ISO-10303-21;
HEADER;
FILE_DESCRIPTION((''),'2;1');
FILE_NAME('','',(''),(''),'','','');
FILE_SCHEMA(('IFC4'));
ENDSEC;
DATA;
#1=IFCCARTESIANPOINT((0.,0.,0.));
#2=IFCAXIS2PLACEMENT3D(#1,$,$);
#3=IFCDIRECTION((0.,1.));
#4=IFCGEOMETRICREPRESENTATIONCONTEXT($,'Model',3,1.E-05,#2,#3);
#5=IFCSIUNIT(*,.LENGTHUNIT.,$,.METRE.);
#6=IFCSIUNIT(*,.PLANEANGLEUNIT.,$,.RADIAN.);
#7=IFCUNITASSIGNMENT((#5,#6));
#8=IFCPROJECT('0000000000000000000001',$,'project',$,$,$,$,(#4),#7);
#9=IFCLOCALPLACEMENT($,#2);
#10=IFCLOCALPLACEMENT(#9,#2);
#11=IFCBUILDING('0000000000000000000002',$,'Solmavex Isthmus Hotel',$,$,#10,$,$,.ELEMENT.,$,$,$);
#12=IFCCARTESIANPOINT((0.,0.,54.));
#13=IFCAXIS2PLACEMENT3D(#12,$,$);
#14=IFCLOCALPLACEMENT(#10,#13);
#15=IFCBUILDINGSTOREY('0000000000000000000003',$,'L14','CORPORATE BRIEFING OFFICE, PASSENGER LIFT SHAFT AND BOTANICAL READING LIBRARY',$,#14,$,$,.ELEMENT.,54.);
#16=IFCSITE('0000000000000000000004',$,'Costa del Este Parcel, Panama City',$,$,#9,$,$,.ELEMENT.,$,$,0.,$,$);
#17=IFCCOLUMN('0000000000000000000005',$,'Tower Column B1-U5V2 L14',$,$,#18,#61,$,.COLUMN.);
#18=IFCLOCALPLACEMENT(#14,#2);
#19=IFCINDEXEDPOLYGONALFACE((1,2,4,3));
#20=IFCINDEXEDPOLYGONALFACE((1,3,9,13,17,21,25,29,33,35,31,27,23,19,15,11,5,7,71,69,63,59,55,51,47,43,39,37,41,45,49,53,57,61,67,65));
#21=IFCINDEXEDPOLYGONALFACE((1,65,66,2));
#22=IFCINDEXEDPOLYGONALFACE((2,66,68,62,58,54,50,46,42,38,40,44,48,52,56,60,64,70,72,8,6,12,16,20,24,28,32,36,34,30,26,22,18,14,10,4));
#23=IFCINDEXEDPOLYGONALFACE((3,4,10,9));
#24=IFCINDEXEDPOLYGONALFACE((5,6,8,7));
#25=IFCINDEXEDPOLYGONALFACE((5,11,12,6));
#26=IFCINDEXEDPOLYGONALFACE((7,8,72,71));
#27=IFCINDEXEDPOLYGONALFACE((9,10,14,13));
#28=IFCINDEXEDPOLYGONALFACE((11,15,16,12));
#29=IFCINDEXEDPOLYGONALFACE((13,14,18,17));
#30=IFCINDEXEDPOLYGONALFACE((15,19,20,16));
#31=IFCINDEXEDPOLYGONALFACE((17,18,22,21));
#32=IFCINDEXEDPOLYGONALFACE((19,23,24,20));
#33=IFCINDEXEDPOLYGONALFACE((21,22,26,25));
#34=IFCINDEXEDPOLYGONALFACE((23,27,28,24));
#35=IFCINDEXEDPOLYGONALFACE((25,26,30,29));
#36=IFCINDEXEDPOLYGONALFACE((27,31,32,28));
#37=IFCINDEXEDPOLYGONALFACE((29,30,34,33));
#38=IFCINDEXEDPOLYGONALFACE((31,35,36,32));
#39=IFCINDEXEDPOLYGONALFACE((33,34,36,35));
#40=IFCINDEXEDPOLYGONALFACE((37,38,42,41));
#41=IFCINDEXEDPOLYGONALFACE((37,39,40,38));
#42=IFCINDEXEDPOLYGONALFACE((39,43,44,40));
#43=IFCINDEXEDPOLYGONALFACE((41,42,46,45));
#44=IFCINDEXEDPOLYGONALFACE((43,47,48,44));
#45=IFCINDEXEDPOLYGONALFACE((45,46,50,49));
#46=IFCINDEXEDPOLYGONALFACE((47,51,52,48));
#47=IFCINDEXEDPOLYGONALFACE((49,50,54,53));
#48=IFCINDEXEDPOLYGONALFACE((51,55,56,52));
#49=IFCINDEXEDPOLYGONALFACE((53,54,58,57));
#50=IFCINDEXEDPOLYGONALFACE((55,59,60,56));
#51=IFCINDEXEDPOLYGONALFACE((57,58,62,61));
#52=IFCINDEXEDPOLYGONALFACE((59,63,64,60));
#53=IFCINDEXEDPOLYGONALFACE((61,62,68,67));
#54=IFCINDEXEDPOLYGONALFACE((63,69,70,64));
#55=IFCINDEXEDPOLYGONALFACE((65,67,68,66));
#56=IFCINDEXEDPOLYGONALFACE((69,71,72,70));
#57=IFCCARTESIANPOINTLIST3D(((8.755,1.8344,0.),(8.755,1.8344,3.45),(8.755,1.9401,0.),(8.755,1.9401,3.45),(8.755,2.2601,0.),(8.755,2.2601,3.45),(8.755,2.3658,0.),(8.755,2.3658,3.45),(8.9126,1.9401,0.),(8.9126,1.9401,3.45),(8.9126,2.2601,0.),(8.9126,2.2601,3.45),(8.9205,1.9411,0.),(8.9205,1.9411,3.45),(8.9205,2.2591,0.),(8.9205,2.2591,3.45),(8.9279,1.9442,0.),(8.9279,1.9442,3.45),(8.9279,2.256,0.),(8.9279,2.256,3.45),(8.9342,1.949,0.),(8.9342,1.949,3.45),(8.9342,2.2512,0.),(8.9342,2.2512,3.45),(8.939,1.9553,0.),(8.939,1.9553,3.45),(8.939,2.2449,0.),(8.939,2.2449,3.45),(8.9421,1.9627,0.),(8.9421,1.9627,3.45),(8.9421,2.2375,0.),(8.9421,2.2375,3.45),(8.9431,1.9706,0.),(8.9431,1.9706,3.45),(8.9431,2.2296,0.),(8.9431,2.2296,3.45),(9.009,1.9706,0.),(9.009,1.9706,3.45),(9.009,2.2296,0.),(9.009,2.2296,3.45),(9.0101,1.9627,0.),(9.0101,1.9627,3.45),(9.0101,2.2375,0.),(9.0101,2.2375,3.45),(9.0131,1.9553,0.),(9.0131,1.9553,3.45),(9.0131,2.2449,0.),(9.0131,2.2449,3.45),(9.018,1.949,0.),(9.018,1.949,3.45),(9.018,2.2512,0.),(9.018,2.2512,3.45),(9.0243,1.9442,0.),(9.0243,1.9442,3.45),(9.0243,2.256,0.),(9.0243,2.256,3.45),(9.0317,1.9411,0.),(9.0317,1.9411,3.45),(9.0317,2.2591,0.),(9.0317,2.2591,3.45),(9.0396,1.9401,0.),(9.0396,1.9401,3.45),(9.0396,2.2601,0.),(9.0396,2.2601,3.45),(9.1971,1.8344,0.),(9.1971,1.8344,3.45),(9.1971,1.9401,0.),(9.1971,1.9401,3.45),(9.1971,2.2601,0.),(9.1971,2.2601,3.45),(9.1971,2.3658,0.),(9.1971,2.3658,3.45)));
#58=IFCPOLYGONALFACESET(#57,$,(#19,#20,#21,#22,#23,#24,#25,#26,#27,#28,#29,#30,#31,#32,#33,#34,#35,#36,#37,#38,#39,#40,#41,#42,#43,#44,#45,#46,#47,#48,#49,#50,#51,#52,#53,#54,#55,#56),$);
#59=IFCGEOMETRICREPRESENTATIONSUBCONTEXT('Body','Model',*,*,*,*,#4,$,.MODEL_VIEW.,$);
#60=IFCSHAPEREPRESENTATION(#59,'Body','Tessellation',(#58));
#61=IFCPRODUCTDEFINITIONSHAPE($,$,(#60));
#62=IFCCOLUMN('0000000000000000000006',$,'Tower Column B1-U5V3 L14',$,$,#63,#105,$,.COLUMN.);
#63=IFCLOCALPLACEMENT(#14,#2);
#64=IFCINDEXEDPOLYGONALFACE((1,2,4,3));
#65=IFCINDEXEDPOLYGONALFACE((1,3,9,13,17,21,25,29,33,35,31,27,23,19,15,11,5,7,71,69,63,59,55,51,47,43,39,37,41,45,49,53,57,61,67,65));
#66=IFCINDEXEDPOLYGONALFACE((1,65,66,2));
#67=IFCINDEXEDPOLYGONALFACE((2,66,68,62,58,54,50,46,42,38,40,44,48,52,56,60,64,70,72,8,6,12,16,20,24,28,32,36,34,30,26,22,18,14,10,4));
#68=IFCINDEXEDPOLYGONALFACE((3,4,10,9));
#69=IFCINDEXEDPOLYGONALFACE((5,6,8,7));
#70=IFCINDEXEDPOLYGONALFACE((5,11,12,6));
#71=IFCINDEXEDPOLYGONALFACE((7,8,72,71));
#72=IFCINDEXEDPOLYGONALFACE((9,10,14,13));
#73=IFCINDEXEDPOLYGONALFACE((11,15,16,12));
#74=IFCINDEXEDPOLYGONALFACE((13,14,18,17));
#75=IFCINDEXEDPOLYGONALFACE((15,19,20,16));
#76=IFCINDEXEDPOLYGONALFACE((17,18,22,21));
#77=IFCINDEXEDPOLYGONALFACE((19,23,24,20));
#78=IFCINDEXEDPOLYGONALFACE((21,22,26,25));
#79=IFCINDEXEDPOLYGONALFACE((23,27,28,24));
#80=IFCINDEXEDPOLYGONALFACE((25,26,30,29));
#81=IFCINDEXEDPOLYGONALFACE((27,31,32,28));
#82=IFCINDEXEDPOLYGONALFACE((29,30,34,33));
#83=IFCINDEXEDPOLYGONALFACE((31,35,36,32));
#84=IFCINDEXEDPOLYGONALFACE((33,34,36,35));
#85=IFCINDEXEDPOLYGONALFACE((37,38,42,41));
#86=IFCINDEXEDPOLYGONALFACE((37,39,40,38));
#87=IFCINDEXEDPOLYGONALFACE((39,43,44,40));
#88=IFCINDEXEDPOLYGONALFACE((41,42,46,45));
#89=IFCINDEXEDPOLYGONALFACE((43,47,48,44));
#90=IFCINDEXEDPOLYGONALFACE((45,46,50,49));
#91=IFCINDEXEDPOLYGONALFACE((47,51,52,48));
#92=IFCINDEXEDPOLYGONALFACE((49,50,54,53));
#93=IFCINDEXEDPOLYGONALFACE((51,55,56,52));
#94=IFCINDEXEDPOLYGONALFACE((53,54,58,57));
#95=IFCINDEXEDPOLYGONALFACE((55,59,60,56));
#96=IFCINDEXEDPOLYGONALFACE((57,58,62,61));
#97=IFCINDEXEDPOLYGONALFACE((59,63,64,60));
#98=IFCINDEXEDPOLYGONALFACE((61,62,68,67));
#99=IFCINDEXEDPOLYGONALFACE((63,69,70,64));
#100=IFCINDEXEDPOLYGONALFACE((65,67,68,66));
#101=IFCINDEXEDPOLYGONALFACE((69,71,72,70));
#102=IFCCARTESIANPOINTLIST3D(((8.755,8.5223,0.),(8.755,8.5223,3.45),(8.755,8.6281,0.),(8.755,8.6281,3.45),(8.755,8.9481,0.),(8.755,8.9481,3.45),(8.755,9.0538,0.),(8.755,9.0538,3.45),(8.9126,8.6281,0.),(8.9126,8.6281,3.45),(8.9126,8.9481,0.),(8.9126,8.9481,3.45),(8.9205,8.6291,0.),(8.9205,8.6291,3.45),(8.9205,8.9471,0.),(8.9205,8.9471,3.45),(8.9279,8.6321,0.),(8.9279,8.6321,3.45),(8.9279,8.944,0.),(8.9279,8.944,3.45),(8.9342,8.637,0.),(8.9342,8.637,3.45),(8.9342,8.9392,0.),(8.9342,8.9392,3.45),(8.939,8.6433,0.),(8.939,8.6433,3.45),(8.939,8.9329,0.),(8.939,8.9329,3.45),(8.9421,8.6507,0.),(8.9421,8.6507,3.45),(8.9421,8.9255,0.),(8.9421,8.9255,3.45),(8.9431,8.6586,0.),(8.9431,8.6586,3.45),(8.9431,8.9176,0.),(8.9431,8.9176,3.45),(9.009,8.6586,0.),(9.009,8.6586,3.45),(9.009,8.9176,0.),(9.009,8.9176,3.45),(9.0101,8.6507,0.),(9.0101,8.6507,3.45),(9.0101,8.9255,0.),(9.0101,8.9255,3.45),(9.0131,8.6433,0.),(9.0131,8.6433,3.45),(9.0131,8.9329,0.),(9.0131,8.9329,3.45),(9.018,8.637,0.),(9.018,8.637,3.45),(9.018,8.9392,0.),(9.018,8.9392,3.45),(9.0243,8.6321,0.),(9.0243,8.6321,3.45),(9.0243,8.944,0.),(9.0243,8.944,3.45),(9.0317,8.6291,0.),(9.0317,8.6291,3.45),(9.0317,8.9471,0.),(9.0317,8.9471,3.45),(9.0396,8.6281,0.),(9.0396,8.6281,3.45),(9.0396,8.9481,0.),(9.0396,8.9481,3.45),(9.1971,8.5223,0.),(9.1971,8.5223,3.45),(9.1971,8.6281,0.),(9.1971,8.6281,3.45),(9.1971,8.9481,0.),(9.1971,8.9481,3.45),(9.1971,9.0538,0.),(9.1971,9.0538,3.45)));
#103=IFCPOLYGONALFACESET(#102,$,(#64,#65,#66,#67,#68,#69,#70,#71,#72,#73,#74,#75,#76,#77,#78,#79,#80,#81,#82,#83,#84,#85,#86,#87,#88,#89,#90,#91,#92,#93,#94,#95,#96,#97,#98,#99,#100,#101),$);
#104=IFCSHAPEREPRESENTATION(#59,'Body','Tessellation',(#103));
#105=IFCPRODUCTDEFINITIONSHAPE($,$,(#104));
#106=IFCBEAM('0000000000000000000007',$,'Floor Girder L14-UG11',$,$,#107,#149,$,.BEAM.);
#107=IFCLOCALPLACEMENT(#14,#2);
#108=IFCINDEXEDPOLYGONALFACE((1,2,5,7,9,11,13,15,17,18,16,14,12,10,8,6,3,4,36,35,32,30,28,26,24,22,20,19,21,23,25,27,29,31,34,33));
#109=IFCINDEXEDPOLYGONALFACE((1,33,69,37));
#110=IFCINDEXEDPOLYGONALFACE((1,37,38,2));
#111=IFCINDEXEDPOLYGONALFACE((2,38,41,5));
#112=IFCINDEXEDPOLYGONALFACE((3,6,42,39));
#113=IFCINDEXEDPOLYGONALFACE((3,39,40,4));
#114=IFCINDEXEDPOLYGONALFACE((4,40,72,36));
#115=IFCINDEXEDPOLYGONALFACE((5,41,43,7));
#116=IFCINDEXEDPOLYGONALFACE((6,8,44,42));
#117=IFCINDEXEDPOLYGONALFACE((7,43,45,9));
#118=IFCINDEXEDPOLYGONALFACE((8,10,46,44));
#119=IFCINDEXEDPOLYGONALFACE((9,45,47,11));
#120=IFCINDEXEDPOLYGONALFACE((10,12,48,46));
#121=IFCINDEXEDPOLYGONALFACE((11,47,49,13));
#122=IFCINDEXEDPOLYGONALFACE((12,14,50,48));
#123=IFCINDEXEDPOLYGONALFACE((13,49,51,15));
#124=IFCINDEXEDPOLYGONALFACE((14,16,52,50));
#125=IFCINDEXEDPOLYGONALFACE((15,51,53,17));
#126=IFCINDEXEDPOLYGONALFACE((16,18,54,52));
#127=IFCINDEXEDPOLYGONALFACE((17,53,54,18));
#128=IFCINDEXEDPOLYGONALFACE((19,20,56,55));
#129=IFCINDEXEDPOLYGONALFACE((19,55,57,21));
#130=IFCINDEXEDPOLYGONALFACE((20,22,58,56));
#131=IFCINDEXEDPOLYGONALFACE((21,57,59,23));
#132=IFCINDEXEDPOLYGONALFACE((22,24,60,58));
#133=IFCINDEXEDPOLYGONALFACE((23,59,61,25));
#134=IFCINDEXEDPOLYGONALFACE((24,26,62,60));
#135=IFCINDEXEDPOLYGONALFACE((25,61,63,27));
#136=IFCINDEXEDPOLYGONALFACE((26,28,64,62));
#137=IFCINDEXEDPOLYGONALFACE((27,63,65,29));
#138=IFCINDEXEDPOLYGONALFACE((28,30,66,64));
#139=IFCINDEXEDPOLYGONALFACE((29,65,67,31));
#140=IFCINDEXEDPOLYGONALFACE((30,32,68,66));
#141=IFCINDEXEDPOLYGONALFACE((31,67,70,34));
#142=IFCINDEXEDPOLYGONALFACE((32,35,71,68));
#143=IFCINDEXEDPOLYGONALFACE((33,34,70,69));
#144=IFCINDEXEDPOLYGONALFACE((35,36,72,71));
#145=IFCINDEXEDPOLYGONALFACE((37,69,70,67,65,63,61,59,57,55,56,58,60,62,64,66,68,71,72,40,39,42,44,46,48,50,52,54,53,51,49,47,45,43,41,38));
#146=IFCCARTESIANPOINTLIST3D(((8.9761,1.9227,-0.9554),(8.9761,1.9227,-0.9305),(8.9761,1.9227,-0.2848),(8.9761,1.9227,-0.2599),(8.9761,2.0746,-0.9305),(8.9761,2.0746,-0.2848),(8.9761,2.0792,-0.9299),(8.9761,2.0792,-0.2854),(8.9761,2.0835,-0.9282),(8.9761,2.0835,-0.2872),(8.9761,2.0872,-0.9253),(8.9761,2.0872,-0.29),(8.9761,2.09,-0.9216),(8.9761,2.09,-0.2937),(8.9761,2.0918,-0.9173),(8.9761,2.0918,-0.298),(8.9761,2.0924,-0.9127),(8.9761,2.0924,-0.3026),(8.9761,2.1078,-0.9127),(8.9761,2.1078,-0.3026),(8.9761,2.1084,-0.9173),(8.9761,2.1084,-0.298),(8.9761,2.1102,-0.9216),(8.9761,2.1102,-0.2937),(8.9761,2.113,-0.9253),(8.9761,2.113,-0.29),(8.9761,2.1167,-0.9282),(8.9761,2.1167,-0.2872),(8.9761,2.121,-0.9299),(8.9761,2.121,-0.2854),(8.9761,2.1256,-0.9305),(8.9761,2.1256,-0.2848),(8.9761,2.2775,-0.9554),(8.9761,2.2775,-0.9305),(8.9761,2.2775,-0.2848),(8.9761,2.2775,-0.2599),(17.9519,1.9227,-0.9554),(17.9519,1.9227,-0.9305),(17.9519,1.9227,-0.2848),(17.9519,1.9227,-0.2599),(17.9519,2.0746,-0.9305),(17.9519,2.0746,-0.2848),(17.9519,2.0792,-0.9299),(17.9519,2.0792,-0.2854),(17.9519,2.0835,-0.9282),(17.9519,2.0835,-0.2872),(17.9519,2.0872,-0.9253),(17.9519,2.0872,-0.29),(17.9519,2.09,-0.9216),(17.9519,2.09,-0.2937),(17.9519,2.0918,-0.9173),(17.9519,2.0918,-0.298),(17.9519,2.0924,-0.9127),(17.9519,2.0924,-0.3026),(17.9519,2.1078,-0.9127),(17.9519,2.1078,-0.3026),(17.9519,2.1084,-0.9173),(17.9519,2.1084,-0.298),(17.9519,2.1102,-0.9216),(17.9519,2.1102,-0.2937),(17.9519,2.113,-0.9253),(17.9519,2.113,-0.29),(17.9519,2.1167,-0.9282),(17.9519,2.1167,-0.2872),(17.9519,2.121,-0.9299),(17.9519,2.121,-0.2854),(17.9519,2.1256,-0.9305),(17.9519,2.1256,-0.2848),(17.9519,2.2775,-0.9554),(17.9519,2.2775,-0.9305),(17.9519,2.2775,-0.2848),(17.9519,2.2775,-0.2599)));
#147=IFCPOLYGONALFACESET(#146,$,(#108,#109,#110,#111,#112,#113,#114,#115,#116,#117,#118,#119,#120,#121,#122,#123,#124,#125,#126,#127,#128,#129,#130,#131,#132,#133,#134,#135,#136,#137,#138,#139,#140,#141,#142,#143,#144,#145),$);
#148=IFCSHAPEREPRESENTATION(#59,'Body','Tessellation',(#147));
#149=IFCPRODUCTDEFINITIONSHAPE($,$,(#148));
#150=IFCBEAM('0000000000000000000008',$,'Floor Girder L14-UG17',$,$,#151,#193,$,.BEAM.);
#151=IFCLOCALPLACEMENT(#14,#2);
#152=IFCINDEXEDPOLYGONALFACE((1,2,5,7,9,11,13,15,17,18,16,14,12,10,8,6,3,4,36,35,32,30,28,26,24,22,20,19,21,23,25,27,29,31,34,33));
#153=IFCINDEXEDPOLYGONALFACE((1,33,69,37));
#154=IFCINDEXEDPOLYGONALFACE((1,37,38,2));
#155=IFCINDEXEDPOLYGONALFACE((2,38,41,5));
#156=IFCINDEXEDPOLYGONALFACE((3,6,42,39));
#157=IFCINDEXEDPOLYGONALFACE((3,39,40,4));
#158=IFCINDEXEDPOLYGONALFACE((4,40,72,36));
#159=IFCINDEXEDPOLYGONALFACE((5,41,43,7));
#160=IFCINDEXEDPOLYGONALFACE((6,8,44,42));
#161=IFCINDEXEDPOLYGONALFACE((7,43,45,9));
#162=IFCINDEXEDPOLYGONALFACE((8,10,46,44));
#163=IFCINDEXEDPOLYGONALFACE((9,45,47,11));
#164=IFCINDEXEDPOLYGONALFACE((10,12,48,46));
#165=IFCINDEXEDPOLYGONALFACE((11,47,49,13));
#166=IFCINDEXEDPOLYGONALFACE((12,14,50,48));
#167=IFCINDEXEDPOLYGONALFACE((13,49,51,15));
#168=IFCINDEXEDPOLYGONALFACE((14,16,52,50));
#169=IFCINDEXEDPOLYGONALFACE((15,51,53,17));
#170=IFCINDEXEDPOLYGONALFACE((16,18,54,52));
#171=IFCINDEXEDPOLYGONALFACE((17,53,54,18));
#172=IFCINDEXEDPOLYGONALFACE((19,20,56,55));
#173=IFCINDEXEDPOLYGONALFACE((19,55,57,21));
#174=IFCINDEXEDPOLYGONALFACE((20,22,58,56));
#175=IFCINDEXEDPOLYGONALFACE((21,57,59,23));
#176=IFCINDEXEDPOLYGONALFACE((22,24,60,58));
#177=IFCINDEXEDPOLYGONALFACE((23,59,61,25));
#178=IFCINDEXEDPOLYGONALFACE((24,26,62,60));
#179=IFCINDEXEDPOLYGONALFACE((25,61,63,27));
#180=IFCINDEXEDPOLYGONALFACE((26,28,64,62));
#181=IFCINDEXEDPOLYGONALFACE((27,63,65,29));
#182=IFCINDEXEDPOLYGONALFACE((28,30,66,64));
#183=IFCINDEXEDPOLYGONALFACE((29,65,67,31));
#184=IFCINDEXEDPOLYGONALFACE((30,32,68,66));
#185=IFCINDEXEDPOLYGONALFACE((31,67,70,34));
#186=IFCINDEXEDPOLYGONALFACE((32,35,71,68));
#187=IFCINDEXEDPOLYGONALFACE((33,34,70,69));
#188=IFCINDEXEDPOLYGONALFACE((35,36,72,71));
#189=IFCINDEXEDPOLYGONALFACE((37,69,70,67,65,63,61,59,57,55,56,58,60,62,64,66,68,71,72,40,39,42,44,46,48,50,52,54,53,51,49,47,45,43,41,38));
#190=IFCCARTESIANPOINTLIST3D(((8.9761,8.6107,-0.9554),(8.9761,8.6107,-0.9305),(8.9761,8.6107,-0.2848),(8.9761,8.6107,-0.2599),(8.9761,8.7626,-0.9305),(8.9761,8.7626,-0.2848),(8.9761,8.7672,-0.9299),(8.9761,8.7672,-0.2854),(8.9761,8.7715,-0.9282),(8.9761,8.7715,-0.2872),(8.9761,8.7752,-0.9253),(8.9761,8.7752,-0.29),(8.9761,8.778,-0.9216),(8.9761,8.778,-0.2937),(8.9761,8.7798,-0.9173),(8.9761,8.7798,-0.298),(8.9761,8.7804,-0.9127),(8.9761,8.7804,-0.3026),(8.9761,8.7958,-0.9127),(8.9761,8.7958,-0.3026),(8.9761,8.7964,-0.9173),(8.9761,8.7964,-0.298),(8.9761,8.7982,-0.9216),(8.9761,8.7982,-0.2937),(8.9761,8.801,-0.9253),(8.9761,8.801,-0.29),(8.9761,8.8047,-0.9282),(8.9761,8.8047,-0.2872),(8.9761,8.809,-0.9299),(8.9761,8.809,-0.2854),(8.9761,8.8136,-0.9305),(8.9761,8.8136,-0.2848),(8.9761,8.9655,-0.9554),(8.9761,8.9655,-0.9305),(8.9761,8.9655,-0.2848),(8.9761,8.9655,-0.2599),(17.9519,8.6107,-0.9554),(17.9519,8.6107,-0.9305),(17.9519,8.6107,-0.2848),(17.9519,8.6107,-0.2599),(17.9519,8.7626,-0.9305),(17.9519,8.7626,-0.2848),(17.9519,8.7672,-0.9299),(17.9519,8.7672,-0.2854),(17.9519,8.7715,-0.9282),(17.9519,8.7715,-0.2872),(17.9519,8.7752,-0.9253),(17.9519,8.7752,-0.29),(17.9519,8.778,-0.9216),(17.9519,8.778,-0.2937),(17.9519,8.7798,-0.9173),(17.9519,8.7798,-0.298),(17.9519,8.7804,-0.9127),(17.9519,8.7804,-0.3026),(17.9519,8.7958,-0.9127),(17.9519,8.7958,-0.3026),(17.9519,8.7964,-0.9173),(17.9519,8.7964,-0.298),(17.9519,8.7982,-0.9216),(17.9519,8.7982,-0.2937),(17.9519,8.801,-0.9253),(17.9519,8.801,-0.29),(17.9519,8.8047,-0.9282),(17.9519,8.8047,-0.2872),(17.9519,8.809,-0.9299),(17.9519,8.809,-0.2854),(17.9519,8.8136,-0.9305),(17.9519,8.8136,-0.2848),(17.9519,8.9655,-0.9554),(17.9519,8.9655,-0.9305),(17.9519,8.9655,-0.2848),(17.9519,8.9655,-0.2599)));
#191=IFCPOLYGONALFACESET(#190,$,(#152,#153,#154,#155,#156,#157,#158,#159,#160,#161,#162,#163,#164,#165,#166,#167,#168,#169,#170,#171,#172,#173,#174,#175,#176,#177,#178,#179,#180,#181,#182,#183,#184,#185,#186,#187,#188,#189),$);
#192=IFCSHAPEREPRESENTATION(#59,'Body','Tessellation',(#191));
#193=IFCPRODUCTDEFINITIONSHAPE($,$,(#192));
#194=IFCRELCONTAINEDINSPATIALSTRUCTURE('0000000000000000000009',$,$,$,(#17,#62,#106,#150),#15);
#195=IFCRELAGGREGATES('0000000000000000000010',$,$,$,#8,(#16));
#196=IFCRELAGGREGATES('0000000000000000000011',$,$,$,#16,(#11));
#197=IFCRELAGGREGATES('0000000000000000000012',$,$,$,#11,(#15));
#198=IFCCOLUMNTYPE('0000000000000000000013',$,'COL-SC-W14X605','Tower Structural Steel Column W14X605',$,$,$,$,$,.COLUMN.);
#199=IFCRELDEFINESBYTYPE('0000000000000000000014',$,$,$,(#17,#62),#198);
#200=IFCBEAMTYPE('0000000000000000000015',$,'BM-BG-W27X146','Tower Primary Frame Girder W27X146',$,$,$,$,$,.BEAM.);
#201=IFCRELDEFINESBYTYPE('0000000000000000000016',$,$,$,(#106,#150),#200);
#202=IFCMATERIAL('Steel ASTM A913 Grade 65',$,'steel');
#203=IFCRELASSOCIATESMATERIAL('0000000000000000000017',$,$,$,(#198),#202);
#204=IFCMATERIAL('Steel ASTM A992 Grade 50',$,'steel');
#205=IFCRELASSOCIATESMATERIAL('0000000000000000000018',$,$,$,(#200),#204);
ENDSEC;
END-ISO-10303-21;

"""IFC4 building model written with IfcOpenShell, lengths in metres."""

from ifc_helpers import new_model, si_unit, direction, frame, origin, origin_2d, place, context, subcontext, project, spatial, i_section, extrude, material, material_profile, profile_set, type_object, element, save


model = new_model("IFC4")

# Units and contexts
model_context = context("Model", 3, precision=1e-05, world=origin(), true_north=direction((0.0, 1.0)))
body_context = subcontext(model_context, "Body", "Model", "MODEL_VIEW")
ifc_project = project(units=[si_unit("LENGTHUNIT", "METRE"), si_unit("PLANEANGLEUNIT", "RADIAN")], contexts=[model_context])

# Site, building, storey
site_placement = place(None, origin())
site = spatial("IfcSite", under=ifc_project, at=site_placement, Name="Costa del Este Parcel, Panama City", CompositionType="ELEMENT", RefElevation=0.0)
building_placement = place(site_placement, origin())
building = spatial("IfcBuilding", under=site, at=building_placement, Name="Solmavex Isthmus Hotel", CompositionType="ELEMENT")
storey_placement = place(building_placement, frame((0.0, 0.0, 54.0)))
storey = spatial("IfcBuildingStorey", under=building, at=storey_placement, Name="L14", Description="CORPORATE BRIEFING OFFICE, PASSENGER LIFT SHAFT AND BOTANICAL READING LIBRARY", CompositionType="ELEMENT", Elevation=54.0)

# Columns
ifc_material_1 = material(Name="Steel ASTM A913 Grade 65", Category="steel")
ifc_material_profile_1 = material_profile(ifc_material_1, i_section(OverallWidth=0.4421, OverallDepth=0.5315, WebThickness=0.0659, FlangeThickness=0.1057, FilletRadius=0.0305, at=origin_2d()), Name="W14X605")
ifc_profile_set_1 = profile_set([ifc_material_profile_1], Name="Steel ASTM A913 Grade 65")
column_type = type_object("IfcColumnType", Name="COL-SC-W14X605", Description="Tower Structural Steel Column W14X605", PredefinedType="COLUMN", material=ifc_profile_set_1)
for number, where, z_axis, x_axis, name in (
    (1, (8.9761, 2.1001, 0.0), (0.0, 0.0, 1.0), (1.0, 0.0, 0.0), "Tower Column B1-U5V2 L14"),
    (2, (8.9761, 8.7881, 0.0), (0.0, 0.0, 1.0), (1.0, 0.0, 0.0), "Tower Column B1-U5V3 L14"),
):
    element("IfcColumn", number, at=place(storey_placement, frame(where, z_axis=z_axis, x_axis=x_axis)), inside=storey, type_object=column_type, Name=name, PredefinedType="COLUMN", context=body_context, shape_type="SweptSolid", body=[
        extrude(i_section(OverallWidth=0.4421, OverallDepth=0.5315, WebThickness=0.0659, FlangeThickness=0.1057, FilletRadius=0.0305, at=origin_2d()), origin(), (0.0, 0.0, 1.0), 3.45),
    ])

# Beams
ifc_material_2 = material(Name="Steel ASTM A992 Grade 50", Category="steel")
ifc_material_profile_2 = material_profile(ifc_material_2, i_section(OverallWidth=0.3547, OverallDepth=0.6956, WebThickness=0.0154, FlangeThickness=0.0249, FilletRadius=0.0178, at=origin_2d()), Name="W27X146")
ifc_profile_set_2 = profile_set([ifc_material_profile_2], Name="Steel ASTM A992 Grade 50")
beam_type_1 = type_object("IfcBeamType", Name="BM-BG-W27X146", Description="Tower Primary Frame Girder W27X146", PredefinedType="BEAM", material=ifc_profile_set_2)
for number, where, z_axis, x_axis, name in (
    (3, (8.9761, 2.1001, -0.6077), (1.0, 0.0, 0.0), (0.0, 1.0, 0.0), "Floor Girder L14-UG11"),
    (4, (8.9761, 8.7881, -0.6077), (1.0, 0.0, 0.0), (0.0, 1.0, 0.0), "Floor Girder L14-UG17"),
):
    element("IfcBeam", number, at=place(storey_placement, frame(where, z_axis=z_axis, x_axis=x_axis)), inside=storey, type_object=beam_type_1, Name=name, PredefinedType="BEAM", context=body_context, shape_type="SweptSolid", body=[
        extrude(i_section(OverallWidth=0.3547, OverallDepth=0.6956, WebThickness=0.0154, FlangeThickness=0.0249, FilletRadius=0.0178, at=origin_2d()), origin(), (0.0, 0.0, 1.0), 8.9758),
    ])

save(model, "model.ifc")
